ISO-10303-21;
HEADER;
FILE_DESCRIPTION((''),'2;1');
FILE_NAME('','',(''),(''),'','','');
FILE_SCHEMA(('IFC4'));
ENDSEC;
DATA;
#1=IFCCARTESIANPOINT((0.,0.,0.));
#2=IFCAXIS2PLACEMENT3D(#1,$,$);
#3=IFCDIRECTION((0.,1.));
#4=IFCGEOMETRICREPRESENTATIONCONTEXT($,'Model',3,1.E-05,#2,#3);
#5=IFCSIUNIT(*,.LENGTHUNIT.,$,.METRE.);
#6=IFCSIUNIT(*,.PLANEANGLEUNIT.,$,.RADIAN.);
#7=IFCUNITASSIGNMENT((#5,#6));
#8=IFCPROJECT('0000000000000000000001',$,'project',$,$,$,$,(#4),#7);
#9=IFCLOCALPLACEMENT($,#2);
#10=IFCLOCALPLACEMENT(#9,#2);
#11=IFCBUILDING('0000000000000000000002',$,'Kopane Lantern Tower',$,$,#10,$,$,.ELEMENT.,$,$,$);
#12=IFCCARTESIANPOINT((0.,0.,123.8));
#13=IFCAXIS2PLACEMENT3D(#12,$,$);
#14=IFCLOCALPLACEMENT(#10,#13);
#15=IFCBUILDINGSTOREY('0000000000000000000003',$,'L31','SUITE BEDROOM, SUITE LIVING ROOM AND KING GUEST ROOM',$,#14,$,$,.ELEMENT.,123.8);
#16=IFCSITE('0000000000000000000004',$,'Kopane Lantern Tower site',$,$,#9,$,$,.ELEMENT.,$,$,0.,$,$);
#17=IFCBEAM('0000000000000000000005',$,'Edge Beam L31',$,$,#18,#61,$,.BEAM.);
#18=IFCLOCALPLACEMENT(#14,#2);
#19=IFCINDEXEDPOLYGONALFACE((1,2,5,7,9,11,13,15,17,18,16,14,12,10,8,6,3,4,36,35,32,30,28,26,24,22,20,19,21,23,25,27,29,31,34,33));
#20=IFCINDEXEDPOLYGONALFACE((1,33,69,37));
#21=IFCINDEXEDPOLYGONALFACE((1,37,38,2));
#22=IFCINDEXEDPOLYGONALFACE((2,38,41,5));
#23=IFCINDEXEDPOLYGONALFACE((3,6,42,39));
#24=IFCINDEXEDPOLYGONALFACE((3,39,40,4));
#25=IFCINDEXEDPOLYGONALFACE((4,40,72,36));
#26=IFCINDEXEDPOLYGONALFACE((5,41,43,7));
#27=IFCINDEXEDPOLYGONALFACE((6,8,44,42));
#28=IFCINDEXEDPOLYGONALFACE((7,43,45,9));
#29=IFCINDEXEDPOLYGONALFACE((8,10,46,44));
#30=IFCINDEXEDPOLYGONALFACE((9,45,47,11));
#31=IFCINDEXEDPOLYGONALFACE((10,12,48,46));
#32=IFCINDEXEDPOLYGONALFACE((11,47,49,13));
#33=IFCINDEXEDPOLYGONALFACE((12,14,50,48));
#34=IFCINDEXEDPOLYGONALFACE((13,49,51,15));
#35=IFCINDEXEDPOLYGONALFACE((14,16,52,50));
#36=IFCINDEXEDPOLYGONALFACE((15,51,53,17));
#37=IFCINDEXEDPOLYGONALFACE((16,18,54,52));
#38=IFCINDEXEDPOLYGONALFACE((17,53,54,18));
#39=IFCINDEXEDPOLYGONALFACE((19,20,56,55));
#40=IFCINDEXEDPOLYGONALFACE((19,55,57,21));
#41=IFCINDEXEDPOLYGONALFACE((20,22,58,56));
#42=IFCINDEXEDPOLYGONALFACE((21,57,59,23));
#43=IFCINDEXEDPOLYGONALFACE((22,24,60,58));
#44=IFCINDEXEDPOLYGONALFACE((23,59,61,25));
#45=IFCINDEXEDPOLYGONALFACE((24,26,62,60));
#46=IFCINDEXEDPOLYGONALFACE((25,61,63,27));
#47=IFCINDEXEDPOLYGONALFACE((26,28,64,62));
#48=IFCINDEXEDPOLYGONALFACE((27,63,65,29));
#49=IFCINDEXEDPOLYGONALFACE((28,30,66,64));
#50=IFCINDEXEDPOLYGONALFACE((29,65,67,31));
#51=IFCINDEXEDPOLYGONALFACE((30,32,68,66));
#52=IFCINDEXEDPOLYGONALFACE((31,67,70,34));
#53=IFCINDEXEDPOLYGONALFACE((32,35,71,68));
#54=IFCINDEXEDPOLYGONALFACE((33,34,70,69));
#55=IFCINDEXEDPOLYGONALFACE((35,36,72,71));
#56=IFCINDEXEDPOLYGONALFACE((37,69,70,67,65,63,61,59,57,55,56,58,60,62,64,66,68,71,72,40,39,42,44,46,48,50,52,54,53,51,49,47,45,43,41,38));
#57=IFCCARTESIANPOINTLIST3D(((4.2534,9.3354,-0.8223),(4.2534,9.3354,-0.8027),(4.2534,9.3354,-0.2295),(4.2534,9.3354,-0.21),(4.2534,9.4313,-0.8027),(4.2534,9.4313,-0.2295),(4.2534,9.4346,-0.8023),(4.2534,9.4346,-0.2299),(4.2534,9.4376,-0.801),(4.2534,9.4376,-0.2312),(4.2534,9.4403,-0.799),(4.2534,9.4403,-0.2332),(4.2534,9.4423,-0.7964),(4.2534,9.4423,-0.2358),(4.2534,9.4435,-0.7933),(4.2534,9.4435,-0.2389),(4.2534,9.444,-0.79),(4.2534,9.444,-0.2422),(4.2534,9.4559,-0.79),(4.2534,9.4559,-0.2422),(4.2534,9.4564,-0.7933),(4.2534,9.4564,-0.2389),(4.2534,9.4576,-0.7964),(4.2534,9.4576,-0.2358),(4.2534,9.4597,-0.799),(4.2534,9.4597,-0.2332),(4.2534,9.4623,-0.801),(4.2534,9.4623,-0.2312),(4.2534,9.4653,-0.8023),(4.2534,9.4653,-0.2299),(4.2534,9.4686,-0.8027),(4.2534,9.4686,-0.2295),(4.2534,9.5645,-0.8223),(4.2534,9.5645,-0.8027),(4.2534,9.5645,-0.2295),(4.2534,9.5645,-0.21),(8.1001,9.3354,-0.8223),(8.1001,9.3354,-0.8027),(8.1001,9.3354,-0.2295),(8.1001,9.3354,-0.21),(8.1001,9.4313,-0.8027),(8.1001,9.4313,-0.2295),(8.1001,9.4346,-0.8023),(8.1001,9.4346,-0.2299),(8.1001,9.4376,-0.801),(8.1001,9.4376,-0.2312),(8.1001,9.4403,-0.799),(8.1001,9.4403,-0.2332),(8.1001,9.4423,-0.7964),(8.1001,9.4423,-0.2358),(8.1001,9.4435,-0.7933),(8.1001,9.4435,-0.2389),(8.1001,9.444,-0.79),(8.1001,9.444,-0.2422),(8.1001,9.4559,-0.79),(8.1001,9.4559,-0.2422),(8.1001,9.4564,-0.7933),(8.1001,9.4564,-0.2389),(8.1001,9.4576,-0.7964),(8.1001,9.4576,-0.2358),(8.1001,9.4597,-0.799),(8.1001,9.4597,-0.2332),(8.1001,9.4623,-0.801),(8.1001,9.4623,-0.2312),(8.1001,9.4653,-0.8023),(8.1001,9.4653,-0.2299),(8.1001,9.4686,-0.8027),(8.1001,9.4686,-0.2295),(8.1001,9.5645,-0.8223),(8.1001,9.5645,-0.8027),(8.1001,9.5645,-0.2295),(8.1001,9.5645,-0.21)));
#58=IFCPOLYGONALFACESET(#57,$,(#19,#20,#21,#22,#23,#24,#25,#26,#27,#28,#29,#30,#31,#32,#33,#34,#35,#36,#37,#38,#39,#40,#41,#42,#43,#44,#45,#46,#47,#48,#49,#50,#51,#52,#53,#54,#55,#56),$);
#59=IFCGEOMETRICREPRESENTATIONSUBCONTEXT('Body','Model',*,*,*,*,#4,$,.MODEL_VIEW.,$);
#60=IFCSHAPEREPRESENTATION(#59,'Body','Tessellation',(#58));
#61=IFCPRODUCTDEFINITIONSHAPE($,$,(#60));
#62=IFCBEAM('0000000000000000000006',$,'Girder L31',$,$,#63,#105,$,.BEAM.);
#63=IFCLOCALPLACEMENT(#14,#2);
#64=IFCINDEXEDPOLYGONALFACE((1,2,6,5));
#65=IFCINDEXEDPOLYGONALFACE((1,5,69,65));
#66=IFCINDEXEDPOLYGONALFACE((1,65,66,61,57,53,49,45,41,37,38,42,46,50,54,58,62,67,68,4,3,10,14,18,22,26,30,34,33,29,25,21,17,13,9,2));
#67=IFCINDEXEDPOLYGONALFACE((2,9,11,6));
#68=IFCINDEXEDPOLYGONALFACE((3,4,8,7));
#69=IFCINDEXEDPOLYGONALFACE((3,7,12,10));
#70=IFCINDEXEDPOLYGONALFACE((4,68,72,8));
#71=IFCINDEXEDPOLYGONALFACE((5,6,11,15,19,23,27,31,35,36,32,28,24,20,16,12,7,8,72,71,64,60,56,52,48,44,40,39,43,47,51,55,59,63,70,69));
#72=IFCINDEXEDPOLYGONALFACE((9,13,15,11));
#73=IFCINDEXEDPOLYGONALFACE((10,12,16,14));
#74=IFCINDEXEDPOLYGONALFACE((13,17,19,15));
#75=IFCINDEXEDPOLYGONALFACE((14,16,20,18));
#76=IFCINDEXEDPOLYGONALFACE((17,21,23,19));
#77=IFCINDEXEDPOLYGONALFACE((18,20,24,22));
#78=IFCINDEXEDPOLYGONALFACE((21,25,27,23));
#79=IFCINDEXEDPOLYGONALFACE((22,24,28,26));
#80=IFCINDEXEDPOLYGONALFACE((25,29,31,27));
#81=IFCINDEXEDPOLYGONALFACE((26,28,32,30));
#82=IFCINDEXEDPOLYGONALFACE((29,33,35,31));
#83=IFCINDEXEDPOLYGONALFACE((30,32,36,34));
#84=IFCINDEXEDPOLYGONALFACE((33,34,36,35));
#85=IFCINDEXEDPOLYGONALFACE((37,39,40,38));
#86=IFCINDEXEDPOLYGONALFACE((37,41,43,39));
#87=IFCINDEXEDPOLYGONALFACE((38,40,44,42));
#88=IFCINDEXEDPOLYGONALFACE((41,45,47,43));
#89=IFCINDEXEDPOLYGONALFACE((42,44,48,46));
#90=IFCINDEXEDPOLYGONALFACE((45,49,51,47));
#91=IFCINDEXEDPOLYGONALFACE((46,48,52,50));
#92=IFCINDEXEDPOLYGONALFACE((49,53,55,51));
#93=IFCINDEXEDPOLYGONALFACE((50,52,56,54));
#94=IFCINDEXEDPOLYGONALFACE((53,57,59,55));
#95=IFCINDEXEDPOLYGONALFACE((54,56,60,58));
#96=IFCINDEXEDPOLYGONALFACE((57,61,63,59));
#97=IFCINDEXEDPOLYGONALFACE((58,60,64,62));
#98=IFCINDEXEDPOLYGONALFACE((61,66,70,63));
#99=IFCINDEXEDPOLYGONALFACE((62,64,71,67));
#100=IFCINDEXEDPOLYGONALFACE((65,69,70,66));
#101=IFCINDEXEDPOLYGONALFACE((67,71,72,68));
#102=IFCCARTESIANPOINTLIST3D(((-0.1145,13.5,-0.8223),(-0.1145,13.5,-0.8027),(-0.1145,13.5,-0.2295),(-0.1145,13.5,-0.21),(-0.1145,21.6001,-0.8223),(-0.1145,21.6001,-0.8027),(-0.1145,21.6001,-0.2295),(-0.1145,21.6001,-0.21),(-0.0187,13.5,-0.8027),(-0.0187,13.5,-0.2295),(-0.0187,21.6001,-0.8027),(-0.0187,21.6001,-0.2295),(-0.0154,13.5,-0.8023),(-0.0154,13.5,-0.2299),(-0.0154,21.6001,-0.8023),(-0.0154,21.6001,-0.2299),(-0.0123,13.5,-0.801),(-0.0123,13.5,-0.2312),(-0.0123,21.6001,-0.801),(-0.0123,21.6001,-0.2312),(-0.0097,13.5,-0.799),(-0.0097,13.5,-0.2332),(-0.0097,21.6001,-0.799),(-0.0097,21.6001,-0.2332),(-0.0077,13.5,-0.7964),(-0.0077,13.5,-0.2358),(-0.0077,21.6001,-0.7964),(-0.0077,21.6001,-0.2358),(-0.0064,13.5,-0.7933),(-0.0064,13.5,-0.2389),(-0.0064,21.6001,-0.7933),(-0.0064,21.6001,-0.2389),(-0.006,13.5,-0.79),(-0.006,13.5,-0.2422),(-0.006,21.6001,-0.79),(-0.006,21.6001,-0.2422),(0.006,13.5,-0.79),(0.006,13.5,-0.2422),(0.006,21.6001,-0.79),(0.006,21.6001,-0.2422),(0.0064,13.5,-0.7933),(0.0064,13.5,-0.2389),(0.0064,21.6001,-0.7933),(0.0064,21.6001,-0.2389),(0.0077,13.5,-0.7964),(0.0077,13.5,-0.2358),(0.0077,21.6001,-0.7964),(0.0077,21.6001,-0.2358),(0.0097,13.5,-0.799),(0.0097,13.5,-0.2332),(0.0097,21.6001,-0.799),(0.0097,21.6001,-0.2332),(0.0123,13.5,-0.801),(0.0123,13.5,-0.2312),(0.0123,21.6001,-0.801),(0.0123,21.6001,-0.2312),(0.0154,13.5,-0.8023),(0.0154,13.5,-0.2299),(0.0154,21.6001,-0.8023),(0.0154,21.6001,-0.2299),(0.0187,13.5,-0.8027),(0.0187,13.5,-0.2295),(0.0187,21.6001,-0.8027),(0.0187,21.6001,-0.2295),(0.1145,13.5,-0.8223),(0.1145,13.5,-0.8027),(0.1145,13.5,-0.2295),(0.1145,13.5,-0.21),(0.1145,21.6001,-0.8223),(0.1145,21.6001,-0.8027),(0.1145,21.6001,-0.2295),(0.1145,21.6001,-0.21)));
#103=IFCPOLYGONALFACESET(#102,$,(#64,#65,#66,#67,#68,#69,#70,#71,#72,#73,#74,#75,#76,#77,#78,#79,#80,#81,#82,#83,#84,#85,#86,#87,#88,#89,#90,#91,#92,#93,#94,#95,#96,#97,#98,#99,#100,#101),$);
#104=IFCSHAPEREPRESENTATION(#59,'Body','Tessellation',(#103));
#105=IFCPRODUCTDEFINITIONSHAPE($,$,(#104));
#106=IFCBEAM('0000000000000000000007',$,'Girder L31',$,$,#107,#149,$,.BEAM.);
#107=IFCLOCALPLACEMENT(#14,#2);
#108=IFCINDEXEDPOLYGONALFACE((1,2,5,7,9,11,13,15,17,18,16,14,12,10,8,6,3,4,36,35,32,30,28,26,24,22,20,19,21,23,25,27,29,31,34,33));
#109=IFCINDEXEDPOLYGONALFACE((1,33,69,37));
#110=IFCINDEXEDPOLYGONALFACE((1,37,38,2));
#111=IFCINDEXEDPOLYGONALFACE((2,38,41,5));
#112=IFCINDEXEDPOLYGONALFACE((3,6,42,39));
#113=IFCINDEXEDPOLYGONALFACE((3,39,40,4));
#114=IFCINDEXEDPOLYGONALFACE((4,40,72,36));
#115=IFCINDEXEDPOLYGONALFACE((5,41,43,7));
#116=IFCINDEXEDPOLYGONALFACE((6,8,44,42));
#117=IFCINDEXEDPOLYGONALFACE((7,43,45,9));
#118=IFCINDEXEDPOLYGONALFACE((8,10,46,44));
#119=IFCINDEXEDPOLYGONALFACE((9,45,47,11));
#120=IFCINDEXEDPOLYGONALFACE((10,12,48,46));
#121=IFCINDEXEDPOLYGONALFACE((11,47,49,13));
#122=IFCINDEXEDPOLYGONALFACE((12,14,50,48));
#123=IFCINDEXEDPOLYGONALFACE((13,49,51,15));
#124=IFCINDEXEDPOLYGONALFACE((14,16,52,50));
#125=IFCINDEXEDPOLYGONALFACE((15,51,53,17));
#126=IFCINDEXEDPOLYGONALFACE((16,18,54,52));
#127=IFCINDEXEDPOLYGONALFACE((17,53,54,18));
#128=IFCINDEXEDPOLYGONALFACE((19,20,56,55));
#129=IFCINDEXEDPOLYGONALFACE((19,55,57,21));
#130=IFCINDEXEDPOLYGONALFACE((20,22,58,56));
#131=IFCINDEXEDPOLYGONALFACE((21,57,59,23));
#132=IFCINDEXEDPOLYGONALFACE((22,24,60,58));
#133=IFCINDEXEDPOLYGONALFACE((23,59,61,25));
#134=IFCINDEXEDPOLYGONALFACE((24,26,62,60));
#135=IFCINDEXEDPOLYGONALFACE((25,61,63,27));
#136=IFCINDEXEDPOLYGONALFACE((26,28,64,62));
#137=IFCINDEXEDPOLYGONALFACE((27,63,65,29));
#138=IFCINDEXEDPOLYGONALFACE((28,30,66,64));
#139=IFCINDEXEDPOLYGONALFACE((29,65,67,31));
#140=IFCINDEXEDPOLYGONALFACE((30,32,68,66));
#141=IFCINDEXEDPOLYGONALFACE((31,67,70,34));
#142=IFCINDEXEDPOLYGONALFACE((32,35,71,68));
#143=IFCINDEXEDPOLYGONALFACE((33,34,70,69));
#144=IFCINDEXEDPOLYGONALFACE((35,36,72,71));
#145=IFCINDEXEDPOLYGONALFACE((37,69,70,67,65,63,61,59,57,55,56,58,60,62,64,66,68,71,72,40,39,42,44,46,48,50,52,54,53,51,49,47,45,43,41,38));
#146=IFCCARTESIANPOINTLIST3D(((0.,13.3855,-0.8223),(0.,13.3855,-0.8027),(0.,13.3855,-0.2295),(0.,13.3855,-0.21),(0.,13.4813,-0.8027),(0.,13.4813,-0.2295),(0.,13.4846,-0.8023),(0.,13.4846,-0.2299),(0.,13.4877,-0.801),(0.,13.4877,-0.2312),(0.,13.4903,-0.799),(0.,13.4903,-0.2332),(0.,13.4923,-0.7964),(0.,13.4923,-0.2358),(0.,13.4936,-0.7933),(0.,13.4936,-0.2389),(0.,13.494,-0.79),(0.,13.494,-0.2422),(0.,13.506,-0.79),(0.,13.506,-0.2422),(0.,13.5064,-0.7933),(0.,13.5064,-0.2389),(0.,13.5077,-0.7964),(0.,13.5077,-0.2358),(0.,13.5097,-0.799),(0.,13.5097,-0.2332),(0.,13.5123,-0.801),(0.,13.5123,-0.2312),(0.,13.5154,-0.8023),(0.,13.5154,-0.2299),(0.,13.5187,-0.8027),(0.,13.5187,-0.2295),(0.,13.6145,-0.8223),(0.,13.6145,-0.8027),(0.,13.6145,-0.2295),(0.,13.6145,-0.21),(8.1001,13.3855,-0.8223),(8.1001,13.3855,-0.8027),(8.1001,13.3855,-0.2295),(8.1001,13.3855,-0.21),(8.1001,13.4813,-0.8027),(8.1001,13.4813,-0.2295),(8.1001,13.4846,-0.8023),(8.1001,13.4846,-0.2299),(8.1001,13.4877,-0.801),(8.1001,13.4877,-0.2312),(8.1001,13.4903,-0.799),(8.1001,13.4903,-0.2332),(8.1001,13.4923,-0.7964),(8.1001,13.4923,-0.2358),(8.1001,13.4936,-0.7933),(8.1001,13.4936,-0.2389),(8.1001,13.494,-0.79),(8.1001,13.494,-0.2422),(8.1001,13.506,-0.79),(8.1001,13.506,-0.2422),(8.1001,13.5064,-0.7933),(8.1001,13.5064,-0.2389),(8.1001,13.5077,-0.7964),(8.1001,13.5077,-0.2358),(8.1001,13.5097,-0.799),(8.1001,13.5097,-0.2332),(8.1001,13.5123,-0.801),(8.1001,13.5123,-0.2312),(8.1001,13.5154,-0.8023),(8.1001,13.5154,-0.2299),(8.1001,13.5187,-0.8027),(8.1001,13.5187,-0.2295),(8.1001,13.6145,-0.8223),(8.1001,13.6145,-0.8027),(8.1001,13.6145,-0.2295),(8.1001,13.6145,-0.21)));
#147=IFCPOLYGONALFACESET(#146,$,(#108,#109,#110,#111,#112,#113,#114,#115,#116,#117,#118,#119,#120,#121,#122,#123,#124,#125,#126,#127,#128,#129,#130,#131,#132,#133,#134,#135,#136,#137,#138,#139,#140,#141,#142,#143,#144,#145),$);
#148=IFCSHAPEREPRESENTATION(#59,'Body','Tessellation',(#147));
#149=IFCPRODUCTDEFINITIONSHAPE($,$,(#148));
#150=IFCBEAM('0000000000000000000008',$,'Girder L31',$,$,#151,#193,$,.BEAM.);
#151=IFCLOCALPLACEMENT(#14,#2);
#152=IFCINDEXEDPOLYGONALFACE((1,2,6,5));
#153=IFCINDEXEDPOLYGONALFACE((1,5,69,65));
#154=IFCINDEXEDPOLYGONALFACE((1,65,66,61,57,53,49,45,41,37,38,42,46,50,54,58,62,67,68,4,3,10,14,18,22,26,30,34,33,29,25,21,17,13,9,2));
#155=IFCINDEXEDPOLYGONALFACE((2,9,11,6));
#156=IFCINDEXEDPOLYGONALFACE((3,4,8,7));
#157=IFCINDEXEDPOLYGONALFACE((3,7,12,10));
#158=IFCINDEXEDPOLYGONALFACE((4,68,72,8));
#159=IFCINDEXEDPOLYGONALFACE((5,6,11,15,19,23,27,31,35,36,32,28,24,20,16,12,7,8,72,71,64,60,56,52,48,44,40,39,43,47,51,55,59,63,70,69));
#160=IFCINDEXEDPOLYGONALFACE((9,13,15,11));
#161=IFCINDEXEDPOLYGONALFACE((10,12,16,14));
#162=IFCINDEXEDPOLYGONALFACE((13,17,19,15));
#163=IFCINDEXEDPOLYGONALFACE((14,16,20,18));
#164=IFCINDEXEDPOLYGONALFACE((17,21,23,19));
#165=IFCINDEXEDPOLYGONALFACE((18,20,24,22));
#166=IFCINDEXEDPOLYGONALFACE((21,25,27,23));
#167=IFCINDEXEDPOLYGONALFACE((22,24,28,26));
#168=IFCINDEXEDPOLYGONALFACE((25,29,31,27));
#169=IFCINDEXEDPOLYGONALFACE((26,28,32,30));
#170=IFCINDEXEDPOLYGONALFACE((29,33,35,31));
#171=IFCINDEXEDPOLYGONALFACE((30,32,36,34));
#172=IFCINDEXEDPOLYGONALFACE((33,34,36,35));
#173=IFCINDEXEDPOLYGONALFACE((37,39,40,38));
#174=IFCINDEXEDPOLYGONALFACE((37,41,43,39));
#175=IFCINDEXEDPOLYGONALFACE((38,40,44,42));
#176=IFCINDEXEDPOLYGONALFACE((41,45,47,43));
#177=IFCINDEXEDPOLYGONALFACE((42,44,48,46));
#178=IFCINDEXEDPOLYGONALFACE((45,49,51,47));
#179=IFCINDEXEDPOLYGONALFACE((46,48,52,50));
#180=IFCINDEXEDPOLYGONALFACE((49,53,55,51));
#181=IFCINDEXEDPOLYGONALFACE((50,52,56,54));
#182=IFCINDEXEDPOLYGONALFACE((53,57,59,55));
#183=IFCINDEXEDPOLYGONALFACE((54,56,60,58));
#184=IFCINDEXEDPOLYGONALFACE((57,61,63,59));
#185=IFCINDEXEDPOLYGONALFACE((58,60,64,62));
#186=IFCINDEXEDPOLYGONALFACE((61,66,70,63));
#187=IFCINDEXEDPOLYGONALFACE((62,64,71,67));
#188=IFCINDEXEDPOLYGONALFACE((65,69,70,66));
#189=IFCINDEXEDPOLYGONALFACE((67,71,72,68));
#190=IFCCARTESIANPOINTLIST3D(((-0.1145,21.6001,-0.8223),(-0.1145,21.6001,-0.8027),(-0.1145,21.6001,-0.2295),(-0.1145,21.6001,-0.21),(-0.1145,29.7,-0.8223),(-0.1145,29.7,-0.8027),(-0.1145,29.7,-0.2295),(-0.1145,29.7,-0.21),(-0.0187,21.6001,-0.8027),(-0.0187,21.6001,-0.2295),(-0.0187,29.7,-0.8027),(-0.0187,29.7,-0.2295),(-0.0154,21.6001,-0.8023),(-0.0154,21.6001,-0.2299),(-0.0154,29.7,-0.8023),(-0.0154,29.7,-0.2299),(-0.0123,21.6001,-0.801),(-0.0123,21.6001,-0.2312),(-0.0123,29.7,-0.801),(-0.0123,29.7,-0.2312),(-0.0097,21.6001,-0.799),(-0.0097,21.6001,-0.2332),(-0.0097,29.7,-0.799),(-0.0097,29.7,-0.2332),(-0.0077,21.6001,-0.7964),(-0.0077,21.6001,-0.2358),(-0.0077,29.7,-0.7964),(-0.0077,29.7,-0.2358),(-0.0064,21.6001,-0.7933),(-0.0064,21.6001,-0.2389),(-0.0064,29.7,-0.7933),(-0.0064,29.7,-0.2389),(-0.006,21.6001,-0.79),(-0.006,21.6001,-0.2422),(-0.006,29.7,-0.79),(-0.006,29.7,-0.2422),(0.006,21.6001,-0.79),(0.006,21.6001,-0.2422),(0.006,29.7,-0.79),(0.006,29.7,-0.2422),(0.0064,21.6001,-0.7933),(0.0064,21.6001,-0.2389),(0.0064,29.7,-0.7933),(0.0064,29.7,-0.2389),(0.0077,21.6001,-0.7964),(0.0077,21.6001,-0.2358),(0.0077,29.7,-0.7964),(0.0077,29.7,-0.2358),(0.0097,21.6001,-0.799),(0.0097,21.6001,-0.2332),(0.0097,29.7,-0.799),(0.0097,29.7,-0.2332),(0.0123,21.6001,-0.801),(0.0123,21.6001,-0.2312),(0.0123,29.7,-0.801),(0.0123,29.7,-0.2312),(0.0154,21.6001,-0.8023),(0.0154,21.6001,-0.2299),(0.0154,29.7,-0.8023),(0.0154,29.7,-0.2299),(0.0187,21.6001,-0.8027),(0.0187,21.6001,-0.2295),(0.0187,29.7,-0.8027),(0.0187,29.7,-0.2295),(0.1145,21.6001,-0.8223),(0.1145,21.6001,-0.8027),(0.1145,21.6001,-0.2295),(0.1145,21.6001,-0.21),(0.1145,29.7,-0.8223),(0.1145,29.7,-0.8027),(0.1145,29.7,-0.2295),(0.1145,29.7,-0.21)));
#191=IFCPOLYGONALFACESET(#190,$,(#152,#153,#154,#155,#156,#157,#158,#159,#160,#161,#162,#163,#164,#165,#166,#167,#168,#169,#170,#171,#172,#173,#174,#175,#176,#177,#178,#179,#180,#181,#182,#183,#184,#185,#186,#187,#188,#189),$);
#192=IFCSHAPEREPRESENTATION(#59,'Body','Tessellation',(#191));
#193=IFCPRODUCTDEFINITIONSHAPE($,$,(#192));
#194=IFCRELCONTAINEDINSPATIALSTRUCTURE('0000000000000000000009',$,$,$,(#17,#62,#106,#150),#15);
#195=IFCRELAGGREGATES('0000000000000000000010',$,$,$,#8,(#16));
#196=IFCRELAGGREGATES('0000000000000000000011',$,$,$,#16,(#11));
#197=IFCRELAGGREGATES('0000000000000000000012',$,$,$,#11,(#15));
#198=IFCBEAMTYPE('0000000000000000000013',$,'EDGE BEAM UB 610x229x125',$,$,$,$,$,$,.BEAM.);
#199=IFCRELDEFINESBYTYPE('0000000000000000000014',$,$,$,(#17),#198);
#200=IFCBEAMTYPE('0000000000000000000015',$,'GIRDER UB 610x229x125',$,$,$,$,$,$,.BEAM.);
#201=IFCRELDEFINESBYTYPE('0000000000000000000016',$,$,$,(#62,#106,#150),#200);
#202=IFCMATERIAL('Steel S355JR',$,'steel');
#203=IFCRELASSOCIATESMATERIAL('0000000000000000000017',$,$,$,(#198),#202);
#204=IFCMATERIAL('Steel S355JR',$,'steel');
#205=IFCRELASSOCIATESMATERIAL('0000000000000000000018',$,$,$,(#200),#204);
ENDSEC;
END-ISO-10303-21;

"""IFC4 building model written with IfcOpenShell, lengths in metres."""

from ifc_helpers import new_model, si_unit, direction, frame, origin, origin_2d, place, context, subcontext, project, spatial, i_section, extrude, material, material_profile, profile_set, type_object, element, save


model = new_model("IFC4")

# Units and contexts
model_context = context("Model", 3, precision=1e-05, world=origin(), true_north=direction((0.0, 1.0)))
body_context = subcontext(model_context, "Body", "Model", "MODEL_VIEW")
ifc_project = project(units=[si_unit("LENGTHUNIT", "METRE"), si_unit("PLANEANGLEUNIT", "RADIAN")], contexts=[model_context])

# Site, building, storey
site_placement = place(None, origin())
site = spatial("IfcSite", under=ifc_project, at=site_placement, Name="Kopane Lantern Tower site", CompositionType="ELEMENT", RefElevation=0.0)
building_placement = place(site_placement, origin())
building = spatial("IfcBuilding", under=site, at=building_placement, Name="Kopane Lantern Tower", CompositionType="ELEMENT")
storey_placement = place(building_placement, frame((0.0, 0.0, 123.8)))
storey = spatial("IfcBuildingStorey", under=building, at=storey_placement, Name="L31", Description="SUITE BEDROOM, SUITE LIVING ROOM AND KING GUEST ROOM", CompositionType="ELEMENT", Elevation=123.8)

# Beams
ifc_material_1 = material(Name="Steel S355JR", Category="steel")
ifc_material_profile_1 = material_profile(ifc_material_1, i_section(OverallWidth=0.229, OverallDepth=0.6123, WebThickness=0.012, FlangeThickness=0.0195, FilletRadius=0.0127, at=origin_2d()), Name="UB 610x229x125")
ifc_profile_set_1 = profile_set([ifc_material_profile_1], Name="Steel S355JR")
beam_type_1 = type_object("IfcBeamType", Name="EDGE BEAM UB 610x229x125", PredefinedType="BEAM", material=ifc_profile_set_1)
beam_1_placement = place(storey_placement, frame((4.2534, 9.45, -0.5161), z_axis=(1.0, 0.0, 0.0), x_axis=(0.0, 1.0, 0.0)))
element("IfcBeam", 1, at=beam_1_placement, inside=storey, type_object=beam_type_1, Name="Edge Beam L31", PredefinedType="BEAM", context=body_context, shape_type="SweptSolid", body=[
    extrude(i_section(OverallWidth=0.229, OverallDepth=0.6123, WebThickness=0.012, FlangeThickness=0.0195, FilletRadius=0.0127, at=origin_2d()), origin(), (0.0, 0.0, 1.0), 3.8467),
])
ifc_material_2 = material(Name="Steel S355JR", Category="steel")
ifc_material_profile_2 = material_profile(ifc_material_2, i_section(OverallWidth=0.229, OverallDepth=0.6123, WebThickness=0.012, FlangeThickness=0.0195, FilletRadius=0.0127, at=origin_2d()), Name="UB 610x229x125")
ifc_profile_set_2 = profile_set([ifc_material_profile_2], Name="Steel S355JR")
beam_type_2 = type_object("IfcBeamType", Name="GIRDER UB 610x229x125", PredefinedType="BEAM", material=ifc_profile_set_2)
for number, where, z_axis, x_axis, name in (
    (2, (0.0, 13.5, -0.5161), (0.0, 1.0, 0.0), (-1.0, 0.0, 0.0), "Girder L31"),
    (3, (0.0, 13.5, -0.5161), (1.0, 0.0, 0.0), (0.0, 1.0, 0.0), "Girder L31"),
):
    element("IfcBeam", number, at=place(storey_placement, frame(where, z_axis=z_axis, x_axis=x_axis)), inside=storey, type_object=beam_type_2, Name=name, PredefinedType="BEAM", context=body_context, shape_type="SweptSolid", body=[
        extrude(i_section(OverallWidth=0.229, OverallDepth=0.6123, WebThickness=0.012, FlangeThickness=0.0195, FilletRadius=0.0127, at=origin_2d()), origin(), (0.0, 0.0, 1.0), 8.1001),
    ])
beam_2_placement = place(storey_placement, frame((0.0, 21.6001, -0.5161), z_axis=(0.0, 1.0, 0.0), x_axis=(-1.0, 0.0, 0.0)))
element("IfcBeam", 4, at=beam_2_placement, inside=storey, type_object=beam_type_2, Name="Girder L31", PredefinedType="BEAM", context=body_context, shape_type="SweptSolid", body=[
    extrude(i_section(OverallWidth=0.229, OverallDepth=0.6123, WebThickness=0.012, FlangeThickness=0.0195, FilletRadius=0.0127, at=origin_2d()), origin(), (0.0, 0.0, 1.0), 8.0999),
])

save(model, "model.ifc")
